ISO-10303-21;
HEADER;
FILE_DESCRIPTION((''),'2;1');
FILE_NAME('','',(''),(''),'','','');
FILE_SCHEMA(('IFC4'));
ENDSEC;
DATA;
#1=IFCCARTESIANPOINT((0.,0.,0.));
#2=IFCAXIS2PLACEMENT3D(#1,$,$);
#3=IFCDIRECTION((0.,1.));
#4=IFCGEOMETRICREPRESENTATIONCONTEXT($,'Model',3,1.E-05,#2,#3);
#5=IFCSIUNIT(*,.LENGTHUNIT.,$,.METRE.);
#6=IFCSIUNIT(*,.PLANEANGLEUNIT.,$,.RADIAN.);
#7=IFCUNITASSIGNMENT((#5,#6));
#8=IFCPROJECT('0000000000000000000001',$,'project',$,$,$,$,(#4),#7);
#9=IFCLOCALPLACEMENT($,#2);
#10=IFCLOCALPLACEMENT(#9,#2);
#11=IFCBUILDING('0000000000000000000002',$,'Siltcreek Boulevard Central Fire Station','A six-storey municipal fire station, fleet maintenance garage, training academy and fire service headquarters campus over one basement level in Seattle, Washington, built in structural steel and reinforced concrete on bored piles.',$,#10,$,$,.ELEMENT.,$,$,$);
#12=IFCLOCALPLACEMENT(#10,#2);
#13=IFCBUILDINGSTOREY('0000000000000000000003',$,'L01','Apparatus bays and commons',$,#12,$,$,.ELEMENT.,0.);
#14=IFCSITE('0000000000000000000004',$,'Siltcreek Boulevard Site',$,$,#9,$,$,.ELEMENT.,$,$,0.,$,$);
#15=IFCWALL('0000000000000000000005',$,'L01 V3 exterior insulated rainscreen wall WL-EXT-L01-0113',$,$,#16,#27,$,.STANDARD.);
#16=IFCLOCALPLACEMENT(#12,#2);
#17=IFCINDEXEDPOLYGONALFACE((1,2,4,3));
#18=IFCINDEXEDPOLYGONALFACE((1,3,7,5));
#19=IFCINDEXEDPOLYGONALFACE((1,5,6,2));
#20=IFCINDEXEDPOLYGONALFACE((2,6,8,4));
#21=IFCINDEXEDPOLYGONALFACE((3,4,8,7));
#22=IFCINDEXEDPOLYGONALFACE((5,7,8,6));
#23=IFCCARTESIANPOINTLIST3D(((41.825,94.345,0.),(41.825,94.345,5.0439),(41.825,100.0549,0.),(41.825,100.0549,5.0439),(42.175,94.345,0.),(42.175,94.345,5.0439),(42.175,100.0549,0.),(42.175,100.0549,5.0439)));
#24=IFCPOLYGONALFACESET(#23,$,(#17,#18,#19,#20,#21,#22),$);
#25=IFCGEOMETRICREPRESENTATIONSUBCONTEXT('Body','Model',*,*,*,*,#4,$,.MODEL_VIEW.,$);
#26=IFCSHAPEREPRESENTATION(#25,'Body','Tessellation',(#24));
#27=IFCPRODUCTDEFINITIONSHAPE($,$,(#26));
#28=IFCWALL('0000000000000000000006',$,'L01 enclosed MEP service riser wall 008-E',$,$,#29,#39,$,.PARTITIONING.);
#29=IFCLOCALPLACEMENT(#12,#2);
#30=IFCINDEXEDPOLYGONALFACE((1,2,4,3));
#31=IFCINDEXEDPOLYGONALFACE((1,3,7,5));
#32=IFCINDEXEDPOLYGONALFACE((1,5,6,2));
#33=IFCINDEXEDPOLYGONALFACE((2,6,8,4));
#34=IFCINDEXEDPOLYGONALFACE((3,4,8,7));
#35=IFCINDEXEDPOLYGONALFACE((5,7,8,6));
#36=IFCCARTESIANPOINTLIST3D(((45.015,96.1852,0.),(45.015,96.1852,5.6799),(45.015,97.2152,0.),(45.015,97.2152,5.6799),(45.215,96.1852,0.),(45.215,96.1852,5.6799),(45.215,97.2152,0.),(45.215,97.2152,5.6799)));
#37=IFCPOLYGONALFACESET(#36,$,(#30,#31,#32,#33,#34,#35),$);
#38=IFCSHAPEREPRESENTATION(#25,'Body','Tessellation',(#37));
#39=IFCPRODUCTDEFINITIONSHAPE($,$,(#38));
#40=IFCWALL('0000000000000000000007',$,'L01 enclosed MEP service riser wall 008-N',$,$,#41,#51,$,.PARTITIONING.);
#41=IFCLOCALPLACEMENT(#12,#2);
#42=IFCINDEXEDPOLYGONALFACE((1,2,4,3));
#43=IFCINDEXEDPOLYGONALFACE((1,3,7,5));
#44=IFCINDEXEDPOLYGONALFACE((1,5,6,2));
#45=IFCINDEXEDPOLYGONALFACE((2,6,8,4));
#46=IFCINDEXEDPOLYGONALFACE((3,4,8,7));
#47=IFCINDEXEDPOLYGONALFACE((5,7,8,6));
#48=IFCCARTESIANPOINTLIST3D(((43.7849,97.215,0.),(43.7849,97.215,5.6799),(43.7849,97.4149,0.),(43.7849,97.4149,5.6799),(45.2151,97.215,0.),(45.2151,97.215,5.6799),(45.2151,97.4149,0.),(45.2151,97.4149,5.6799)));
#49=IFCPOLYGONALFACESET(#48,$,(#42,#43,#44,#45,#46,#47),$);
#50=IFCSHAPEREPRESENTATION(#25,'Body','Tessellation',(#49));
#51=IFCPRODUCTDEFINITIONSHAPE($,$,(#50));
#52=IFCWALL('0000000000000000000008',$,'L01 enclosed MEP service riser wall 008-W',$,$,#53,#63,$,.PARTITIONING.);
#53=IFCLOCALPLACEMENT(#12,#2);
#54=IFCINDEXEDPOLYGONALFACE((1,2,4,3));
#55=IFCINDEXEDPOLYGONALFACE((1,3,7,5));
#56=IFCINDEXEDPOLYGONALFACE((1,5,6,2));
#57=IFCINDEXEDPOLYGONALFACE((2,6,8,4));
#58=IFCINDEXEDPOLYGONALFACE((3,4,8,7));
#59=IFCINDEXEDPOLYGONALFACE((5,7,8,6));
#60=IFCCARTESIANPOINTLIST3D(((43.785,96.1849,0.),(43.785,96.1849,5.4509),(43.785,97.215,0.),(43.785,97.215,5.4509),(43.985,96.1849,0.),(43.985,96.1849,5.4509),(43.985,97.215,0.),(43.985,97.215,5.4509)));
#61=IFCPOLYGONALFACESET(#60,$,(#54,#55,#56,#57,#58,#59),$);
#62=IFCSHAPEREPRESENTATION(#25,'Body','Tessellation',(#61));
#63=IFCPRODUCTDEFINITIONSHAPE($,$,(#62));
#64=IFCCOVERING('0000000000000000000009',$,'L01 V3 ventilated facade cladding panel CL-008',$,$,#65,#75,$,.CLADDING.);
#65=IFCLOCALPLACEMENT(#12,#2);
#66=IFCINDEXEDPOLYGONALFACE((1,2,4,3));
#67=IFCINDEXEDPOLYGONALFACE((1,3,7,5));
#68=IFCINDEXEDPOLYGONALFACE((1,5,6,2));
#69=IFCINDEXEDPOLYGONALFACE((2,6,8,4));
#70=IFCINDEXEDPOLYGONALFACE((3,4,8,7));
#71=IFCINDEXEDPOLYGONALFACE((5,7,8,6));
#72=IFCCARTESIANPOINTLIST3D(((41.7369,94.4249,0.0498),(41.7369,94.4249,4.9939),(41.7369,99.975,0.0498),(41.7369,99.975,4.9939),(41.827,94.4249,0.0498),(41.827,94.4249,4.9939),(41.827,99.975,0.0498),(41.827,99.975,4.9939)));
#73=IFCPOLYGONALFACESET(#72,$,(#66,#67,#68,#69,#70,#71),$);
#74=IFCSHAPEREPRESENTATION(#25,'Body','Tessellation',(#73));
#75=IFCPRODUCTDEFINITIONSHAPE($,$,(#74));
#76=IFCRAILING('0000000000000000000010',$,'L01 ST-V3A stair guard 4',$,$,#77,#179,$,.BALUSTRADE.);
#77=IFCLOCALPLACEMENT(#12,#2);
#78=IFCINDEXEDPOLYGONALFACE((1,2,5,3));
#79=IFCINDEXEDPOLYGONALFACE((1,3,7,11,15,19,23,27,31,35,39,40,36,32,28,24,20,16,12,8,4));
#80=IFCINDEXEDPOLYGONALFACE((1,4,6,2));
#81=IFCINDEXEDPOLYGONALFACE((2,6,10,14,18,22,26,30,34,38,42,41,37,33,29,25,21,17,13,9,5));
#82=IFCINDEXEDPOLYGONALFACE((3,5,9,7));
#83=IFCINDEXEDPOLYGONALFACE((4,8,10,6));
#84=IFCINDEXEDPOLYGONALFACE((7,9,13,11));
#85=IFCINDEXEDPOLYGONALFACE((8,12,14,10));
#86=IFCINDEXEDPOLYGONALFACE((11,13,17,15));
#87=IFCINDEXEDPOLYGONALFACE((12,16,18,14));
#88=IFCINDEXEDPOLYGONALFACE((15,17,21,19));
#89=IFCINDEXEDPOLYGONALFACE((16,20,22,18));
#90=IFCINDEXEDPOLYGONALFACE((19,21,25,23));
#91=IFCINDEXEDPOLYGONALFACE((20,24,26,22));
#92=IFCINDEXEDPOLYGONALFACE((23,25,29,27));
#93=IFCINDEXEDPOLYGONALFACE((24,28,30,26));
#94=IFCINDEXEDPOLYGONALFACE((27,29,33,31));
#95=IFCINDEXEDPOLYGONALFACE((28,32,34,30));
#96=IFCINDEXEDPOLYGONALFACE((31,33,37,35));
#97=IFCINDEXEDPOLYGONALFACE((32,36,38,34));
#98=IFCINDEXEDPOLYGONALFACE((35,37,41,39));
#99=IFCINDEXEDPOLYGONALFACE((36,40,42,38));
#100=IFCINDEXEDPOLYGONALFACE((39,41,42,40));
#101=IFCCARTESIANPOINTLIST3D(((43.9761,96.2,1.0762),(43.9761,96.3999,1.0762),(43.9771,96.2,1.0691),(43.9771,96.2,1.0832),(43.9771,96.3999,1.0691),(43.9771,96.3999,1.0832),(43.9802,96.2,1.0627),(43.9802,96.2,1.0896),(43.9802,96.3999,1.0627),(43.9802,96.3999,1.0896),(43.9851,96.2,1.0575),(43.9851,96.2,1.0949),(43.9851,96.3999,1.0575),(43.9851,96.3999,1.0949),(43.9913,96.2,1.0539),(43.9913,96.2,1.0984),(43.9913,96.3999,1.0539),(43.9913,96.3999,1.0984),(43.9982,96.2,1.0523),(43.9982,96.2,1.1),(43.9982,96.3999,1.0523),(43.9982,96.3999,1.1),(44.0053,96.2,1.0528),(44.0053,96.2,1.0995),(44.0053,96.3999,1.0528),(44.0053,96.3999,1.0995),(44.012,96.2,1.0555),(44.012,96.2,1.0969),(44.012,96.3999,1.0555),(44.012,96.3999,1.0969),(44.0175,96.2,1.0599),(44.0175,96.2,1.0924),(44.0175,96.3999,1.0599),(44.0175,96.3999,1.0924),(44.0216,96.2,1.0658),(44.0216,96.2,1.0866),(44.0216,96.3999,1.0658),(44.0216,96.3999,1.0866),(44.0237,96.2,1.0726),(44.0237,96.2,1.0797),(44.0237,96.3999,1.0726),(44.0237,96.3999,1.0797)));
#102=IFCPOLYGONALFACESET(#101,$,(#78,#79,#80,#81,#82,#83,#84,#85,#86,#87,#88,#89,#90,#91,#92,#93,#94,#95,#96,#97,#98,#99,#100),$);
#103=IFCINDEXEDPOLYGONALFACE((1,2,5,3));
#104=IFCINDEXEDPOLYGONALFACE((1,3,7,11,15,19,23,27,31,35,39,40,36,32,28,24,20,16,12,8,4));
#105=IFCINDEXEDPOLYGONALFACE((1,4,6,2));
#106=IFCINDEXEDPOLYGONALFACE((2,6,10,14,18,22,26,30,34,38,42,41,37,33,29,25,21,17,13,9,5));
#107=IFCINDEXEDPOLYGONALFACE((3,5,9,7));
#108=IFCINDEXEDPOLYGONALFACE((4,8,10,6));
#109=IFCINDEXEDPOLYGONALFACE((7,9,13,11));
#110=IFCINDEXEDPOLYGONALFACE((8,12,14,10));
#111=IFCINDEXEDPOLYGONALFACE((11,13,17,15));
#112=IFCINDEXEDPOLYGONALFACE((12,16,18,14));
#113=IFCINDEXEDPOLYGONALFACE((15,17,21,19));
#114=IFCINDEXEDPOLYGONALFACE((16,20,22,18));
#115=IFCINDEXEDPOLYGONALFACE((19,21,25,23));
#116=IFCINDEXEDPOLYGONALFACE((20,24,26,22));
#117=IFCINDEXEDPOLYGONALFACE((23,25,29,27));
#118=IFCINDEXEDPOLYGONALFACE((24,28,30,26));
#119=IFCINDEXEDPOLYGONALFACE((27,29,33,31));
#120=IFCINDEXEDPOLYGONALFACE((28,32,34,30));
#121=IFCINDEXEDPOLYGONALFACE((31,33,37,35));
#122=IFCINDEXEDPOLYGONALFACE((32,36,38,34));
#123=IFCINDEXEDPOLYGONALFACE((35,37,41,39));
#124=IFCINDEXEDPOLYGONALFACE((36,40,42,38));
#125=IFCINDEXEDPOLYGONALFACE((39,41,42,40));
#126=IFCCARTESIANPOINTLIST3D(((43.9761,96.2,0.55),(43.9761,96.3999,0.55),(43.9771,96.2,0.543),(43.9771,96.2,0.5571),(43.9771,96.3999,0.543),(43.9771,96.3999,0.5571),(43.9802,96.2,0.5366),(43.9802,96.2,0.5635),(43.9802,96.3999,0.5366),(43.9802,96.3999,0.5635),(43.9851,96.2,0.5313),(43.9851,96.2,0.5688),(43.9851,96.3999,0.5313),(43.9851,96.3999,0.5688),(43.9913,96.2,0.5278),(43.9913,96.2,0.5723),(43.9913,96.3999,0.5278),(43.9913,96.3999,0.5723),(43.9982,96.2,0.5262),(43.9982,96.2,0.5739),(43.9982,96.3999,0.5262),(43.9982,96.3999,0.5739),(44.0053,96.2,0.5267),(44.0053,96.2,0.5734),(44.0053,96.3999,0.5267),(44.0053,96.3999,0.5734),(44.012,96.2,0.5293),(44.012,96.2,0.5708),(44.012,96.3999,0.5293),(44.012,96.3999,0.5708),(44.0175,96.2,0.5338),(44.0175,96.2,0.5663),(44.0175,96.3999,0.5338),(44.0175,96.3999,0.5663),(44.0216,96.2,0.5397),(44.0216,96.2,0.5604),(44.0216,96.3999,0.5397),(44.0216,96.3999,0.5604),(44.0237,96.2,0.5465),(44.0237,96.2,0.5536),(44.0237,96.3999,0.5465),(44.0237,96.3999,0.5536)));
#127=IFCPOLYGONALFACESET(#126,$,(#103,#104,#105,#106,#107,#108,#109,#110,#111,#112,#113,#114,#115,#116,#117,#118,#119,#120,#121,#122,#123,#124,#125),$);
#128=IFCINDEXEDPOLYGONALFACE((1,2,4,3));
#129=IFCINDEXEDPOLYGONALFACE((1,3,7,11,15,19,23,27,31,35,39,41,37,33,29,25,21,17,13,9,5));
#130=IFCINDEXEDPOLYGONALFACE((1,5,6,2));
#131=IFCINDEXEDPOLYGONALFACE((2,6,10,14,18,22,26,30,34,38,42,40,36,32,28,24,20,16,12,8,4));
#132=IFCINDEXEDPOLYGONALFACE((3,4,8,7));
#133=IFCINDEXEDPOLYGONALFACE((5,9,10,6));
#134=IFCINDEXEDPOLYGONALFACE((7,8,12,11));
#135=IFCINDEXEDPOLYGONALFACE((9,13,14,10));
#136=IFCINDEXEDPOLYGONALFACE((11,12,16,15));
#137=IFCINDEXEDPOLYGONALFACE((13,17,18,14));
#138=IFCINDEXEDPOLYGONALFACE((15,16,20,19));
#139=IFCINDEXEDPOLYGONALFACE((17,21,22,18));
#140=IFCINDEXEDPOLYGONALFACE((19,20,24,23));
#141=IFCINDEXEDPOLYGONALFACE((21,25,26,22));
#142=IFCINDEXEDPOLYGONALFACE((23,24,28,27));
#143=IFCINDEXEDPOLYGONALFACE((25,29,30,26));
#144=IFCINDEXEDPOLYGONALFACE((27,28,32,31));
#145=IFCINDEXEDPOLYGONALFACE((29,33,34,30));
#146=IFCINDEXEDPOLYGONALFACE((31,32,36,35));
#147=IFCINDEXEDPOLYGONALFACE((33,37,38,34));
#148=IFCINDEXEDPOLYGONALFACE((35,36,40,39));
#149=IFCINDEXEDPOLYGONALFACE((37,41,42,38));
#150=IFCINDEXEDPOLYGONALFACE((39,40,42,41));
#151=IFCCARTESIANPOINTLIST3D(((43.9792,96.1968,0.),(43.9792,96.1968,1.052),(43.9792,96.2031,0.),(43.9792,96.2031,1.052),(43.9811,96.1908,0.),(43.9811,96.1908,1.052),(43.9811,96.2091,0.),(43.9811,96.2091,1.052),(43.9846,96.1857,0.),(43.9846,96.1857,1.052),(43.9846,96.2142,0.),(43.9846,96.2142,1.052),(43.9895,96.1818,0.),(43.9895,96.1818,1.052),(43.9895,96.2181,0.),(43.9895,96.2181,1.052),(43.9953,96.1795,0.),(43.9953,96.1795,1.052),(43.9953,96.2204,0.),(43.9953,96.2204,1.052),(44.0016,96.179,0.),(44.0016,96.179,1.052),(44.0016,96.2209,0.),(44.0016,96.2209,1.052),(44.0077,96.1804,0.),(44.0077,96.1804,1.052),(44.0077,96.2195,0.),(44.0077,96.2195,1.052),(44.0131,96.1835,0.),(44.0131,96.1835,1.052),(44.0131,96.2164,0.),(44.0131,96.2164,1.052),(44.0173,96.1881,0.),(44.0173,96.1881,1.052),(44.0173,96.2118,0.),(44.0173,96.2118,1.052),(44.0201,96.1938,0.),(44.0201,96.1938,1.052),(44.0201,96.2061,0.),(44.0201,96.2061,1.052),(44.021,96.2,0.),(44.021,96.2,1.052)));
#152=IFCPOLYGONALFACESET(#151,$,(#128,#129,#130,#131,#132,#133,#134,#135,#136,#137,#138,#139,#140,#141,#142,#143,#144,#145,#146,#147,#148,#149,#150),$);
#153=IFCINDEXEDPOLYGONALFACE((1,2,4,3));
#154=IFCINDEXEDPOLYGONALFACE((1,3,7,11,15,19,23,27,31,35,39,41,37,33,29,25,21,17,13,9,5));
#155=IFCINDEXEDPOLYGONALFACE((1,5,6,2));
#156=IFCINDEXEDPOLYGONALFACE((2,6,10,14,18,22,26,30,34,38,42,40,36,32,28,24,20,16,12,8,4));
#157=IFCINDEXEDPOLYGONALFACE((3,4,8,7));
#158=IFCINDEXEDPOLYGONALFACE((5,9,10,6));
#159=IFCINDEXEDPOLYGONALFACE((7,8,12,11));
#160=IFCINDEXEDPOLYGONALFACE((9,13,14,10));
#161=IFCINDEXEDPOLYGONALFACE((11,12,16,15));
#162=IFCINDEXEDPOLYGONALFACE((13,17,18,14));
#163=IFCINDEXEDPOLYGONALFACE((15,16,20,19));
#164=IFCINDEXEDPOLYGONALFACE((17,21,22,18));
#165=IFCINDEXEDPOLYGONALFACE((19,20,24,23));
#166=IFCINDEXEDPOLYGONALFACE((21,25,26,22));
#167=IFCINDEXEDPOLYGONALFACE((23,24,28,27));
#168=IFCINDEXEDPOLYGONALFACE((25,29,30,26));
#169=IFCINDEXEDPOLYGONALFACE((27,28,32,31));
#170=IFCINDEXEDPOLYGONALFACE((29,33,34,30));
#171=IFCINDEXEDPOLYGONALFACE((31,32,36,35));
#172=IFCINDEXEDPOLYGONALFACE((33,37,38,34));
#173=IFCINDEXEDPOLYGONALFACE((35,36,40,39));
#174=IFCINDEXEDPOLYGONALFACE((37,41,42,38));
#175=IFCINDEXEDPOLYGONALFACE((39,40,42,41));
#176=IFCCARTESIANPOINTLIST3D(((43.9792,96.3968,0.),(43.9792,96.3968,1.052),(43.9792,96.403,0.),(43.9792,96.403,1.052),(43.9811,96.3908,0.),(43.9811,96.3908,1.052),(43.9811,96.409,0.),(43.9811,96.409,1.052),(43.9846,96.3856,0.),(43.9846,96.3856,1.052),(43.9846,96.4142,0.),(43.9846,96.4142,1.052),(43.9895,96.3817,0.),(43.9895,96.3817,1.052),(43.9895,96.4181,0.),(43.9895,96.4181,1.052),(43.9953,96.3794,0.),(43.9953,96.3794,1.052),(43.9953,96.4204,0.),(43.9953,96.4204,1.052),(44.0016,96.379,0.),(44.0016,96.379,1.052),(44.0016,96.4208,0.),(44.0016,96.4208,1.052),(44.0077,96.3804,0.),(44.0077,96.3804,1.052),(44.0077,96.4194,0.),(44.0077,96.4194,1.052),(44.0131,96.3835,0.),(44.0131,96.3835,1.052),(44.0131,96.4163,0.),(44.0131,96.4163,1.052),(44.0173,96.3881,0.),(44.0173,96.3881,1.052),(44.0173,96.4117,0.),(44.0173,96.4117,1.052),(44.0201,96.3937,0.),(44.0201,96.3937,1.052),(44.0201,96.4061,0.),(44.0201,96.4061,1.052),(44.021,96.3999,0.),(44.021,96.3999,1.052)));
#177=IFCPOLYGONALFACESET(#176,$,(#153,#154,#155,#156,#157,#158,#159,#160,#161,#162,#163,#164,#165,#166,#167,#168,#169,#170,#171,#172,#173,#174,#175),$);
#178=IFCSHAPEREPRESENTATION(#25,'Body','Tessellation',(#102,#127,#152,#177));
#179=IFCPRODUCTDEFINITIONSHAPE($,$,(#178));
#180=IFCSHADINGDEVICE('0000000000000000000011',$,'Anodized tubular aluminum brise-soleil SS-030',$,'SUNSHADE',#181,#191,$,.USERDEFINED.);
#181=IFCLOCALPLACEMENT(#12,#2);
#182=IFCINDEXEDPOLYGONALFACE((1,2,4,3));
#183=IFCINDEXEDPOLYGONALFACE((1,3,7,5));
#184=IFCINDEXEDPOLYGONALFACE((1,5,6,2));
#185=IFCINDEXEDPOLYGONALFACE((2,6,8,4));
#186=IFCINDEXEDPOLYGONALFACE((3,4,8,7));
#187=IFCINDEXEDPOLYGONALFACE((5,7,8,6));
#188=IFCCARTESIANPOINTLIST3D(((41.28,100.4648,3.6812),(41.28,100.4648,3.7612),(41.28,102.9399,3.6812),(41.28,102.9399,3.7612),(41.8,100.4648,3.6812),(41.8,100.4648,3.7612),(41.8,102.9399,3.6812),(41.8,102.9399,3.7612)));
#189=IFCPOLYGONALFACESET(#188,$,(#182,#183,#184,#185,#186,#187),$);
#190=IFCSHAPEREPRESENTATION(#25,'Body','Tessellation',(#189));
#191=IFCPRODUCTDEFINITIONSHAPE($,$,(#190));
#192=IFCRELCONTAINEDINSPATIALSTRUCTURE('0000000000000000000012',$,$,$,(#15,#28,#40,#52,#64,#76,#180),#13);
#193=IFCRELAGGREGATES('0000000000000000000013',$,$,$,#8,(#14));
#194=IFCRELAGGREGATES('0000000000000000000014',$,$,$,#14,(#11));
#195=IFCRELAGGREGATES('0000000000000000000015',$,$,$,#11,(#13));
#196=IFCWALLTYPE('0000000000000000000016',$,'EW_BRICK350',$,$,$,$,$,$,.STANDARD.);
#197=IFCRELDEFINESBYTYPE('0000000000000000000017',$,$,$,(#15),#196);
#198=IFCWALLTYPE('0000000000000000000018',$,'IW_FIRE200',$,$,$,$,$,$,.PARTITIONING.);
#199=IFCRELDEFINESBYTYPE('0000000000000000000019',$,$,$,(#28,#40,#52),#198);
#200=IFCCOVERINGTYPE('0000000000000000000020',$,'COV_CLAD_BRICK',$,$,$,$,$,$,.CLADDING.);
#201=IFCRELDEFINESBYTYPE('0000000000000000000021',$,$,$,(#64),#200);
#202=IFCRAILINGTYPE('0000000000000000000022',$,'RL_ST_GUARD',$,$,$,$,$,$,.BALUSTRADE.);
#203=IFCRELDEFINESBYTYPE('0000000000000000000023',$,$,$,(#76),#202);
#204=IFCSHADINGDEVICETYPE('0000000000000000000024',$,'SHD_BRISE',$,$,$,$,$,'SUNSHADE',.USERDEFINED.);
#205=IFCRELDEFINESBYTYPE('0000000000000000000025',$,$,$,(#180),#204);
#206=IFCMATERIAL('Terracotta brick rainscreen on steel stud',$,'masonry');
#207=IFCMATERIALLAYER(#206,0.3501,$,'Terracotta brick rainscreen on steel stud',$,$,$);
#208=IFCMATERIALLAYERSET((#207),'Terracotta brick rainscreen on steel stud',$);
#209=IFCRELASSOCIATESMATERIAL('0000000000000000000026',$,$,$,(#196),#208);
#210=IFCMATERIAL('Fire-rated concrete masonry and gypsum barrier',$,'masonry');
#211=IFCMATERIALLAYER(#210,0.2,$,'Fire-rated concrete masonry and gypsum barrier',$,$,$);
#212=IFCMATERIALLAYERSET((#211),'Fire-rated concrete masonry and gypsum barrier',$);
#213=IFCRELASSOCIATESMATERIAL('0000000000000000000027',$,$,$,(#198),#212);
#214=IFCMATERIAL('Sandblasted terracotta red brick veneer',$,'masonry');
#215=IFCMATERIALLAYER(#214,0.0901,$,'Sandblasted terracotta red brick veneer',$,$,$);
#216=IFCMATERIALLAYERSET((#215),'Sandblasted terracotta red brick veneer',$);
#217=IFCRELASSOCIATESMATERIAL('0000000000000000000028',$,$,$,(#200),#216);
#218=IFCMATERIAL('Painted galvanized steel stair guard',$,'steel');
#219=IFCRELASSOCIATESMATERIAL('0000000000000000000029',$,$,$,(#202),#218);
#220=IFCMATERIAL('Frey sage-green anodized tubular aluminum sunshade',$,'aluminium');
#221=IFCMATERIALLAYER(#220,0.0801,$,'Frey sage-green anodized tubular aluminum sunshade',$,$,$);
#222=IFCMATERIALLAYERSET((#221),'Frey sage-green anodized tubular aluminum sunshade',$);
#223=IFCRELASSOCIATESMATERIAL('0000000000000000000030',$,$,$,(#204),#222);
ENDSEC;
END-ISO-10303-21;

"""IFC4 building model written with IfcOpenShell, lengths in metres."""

from ifc_helpers import new_model, si_unit, direction, frame, frame_2d, origin, origin_2d, place, context, subcontext, project, spatial, rectangle, circle, extrude, material, layer, layer_set, type_object, element, save


model = new_model("IFC4")

# Units and contexts
model_context = context("Model", 3, precision=1e-05, world=origin(), true_north=direction((0.0, 1.0)))
body_context = subcontext(model_context, "Body", "Model", "MODEL_VIEW")
ifc_project = project(units=[si_unit("LENGTHUNIT", "METRE"), si_unit("PLANEANGLEUNIT", "RADIAN")], contexts=[model_context])

# Site, building, storey
site_placement = place(None, origin())
site = spatial("IfcSite", under=ifc_project, at=site_placement, Name="Siltcreek Boulevard Site", CompositionType="ELEMENT", RefElevation=0.0)
building_placement = place(site_placement, origin())
building = spatial("IfcBuilding", under=site, at=building_placement, Name="Siltcreek Boulevard Central Fire Station", Description="A six-storey municipal fire station, fleet maintenance garage, training academy and fire service headquarters campus over one basement level in Seattle, Washington, built in structural steel and reinforced concrete on bored piles.", CompositionType="ELEMENT")
storey_placement = place(building_placement, origin())
storey = spatial("IfcBuildingStorey", under=building, at=storey_placement, Name="L01", Description="Apparatus bays and commons", CompositionType="ELEMENT", Elevation=0.0)

# Walls
ifc_material_1 = material(Name="Terracotta brick rainscreen on steel stud", Category="masonry")
ifc_layer_1 = layer(ifc_material_1, 0.3501, Name="Terracotta brick rainscreen on steel stud")
ifc_layer_set_1 = layer_set([ifc_layer_1], Name="Terracotta brick rainscreen on steel stud")
wall_type_1 = type_object("IfcWallType", Name="EW_BRICK350", PredefinedType="STANDARD", material=ifc_layer_set_1)
wall_1_placement = place(storey_placement, frame((42.0, 100.0549, 0.0), z_axis=(0.0, 0.0, 1.0), x_axis=(0.0, -1.0, 0.0)))
element("IfcWall", 1, at=wall_1_placement, inside=storey, type_object=wall_type_1, Name="L01 V3 exterior insulated rainscreen wall WL-EXT-L01-0113", PredefinedType="STANDARD", context=body_context, shape_type="SweptSolid", body=[
    extrude(rectangle(XDim=5.71, YDim=0.3501, at=frame_2d((2.855, 0.0))), origin(), (0.0, 0.0, 1.0), 5.0439),
])
ifc_material_2 = material(Name="Fire-rated concrete masonry and gypsum barrier", Category="masonry")
ifc_layer_2 = layer(ifc_material_2, 0.2, Name="Fire-rated concrete masonry and gypsum barrier")
ifc_layer_set_2 = layer_set([ifc_layer_2], Name="Fire-rated concrete masonry and gypsum barrier")
wall_type_2 = type_object("IfcWallType", Name="IW_FIRE200", PredefinedType="PARTITIONING", material=ifc_layer_set_2)
wall_2_placement = place(storey_placement, frame((45.115, 96.1851, 0.0), z_axis=(0.0, 0.0, 1.0), x_axis=(0.0, 1.0, 0.0)))
element("IfcWall", 2, at=wall_2_placement, inside=storey, type_object=wall_type_2, Name="L01 enclosed MEP service riser wall 008-E", PredefinedType="PARTITIONING", context=body_context, shape_type="SweptSolid", body=[
    extrude(rectangle(XDim=1.03, YDim=0.2, at=frame_2d((0.5151, 0.0))), origin(), (0.0, 0.0, 1.0), 5.6799),
])
wall_3_placement = place(storey_placement, frame((45.2151, 97.3149, 0.0), z_axis=(0.0, 0.0, 1.0), x_axis=(-1.0, 0.0, 0.0)))
element("IfcWall", 3, at=wall_3_placement, inside=storey, type_object=wall_type_2, Name="L01 enclosed MEP service riser wall 008-N", PredefinedType="PARTITIONING", context=body_context, shape_type="SweptSolid", body=[
    extrude(rectangle(XDim=1.4302, YDim=0.2, at=frame_2d((0.7151, 0.0))), origin(), (0.0, 0.0, 1.0), 5.6799),
])
wall_4_placement = place(storey_placement, frame((43.885, 97.2151, 0.0), z_axis=(0.0, 0.0, 1.0), x_axis=(0.0, -1.0, 0.0)))
element("IfcWall", 4, at=wall_4_placement, inside=storey, type_object=wall_type_2, Name="L01 enclosed MEP service riser wall 008-W", PredefinedType="PARTITIONING", context=body_context, shape_type="SweptSolid", body=[
    extrude(rectangle(XDim=1.03, YDim=0.2, at=frame_2d((0.5151, 0.0))), origin(), (0.0, 0.0, 1.0), 5.4509),
])

# Covering
ifc_material_3 = material(Name="Sandblasted terracotta red brick veneer", Category="masonry")
ifc_layer_3 = layer(ifc_material_3, 0.0901, Name="Sandblasted terracotta red brick veneer")
ifc_layer_set_3 = layer_set([ifc_layer_3], Name="Sandblasted terracotta red brick veneer")
covering_type = type_object("IfcCoveringType", Name="COV_CLAD_BRICK", PredefinedType="CLADDING", material=ifc_layer_set_3)
covering_placement = place(storey_placement, frame((41.782, 97.2, 0.0498), z_axis=(0.0, 0.0, 1.0), x_axis=(0.0, -1.0, 0.0)))
element("IfcCovering", 5, at=covering_placement, inside=storey, type_object=covering_type, Name="L01 V3 ventilated facade cladding panel CL-008", PredefinedType="CLADDING", context=body_context, shape_type="SweptSolid", body=[
    extrude(rectangle(XDim=5.55, YDim=0.0901, at=origin_2d()), origin(), (0.0, 0.0, 1.0), 4.9441),
])

# Railing
ifc_material_4 = material(Name="Painted galvanized steel stair guard", Category="steel")
railing_type = type_object("IfcRailingType", Name="RL_ST_GUARD", PredefinedType="BALUSTRADE", material=ifc_material_4)
railing_placement = place(storey_placement, frame((44.0, 96.2, 0.0)))
element("IfcRailing", 6, at=railing_placement, inside=storey, type_object=railing_type, Name="L01 ST-V3A stair guard 4", PredefinedType="BALUSTRADE", context=body_context, shape_type="SweptSolid", body=[
    extrude(circle(Radius=0.0239, at=origin_2d()), frame((0.0, 0.0, 1.0762), z_axis=(0.0, 1.0, 0.0), x_axis=(-1.0, 0.0, 0.0)), (0.0, 0.0, 1.0), 0.2),
    extrude(circle(Radius=0.0239, at=origin_2d()), frame((0.0, 0.0, 0.55), z_axis=(0.0, 1.0, 0.0), x_axis=(-1.0, 0.0, 0.0)), (0.0, 0.0, 1.0), 0.2),
    extrude(circle(Radius=0.021, at=origin_2d()), origin(), (0.0, 0.0, 1.0), 1.052),
    extrude(circle(Radius=0.021, at=origin_2d()), frame((0.0, 0.2, 0.0)), (0.0, 0.0, 1.0), 1.052),
])

# Shading device
ifc_material_5 = material(Name="Frey sage-green anodized tubular aluminum sunshade", Category="aluminium")
ifc_layer_4 = layer(ifc_material_5, 0.0801, Name="Frey sage-green anodized tubular aluminum sunshade")
ifc_layer_set_4 = layer_set([ifc_layer_4], Name="Frey sage-green anodized tubular aluminum sunshade")
shading_device_type = type_object("IfcShadingDeviceType", Name="SHD_BRISE", ElementType="SUNSHADE", PredefinedType="USERDEFINED", material=ifc_layer_set_4)
shading_device_placement = place(storey_placement, frame((41.54, 101.7024, 3.6812), z_axis=(0.0, 0.0, 1.0), x_axis=(0.0, -1.0, 0.0)))
element("IfcShadingDevice", 7, at=shading_device_placement, inside=storey, type_object=shading_device_type, Name="Anodized tubular aluminum brise-soleil SS-030", ObjectType="SUNSHADE", PredefinedType="USERDEFINED", context=body_context, shape_type="SweptSolid", body=[
    extrude(rectangle(XDim=2.4751, YDim=0.52, at=origin_2d()), origin(), (0.0, 0.0, 1.0), 0.0801),
])

save(model, "model.ifc")
